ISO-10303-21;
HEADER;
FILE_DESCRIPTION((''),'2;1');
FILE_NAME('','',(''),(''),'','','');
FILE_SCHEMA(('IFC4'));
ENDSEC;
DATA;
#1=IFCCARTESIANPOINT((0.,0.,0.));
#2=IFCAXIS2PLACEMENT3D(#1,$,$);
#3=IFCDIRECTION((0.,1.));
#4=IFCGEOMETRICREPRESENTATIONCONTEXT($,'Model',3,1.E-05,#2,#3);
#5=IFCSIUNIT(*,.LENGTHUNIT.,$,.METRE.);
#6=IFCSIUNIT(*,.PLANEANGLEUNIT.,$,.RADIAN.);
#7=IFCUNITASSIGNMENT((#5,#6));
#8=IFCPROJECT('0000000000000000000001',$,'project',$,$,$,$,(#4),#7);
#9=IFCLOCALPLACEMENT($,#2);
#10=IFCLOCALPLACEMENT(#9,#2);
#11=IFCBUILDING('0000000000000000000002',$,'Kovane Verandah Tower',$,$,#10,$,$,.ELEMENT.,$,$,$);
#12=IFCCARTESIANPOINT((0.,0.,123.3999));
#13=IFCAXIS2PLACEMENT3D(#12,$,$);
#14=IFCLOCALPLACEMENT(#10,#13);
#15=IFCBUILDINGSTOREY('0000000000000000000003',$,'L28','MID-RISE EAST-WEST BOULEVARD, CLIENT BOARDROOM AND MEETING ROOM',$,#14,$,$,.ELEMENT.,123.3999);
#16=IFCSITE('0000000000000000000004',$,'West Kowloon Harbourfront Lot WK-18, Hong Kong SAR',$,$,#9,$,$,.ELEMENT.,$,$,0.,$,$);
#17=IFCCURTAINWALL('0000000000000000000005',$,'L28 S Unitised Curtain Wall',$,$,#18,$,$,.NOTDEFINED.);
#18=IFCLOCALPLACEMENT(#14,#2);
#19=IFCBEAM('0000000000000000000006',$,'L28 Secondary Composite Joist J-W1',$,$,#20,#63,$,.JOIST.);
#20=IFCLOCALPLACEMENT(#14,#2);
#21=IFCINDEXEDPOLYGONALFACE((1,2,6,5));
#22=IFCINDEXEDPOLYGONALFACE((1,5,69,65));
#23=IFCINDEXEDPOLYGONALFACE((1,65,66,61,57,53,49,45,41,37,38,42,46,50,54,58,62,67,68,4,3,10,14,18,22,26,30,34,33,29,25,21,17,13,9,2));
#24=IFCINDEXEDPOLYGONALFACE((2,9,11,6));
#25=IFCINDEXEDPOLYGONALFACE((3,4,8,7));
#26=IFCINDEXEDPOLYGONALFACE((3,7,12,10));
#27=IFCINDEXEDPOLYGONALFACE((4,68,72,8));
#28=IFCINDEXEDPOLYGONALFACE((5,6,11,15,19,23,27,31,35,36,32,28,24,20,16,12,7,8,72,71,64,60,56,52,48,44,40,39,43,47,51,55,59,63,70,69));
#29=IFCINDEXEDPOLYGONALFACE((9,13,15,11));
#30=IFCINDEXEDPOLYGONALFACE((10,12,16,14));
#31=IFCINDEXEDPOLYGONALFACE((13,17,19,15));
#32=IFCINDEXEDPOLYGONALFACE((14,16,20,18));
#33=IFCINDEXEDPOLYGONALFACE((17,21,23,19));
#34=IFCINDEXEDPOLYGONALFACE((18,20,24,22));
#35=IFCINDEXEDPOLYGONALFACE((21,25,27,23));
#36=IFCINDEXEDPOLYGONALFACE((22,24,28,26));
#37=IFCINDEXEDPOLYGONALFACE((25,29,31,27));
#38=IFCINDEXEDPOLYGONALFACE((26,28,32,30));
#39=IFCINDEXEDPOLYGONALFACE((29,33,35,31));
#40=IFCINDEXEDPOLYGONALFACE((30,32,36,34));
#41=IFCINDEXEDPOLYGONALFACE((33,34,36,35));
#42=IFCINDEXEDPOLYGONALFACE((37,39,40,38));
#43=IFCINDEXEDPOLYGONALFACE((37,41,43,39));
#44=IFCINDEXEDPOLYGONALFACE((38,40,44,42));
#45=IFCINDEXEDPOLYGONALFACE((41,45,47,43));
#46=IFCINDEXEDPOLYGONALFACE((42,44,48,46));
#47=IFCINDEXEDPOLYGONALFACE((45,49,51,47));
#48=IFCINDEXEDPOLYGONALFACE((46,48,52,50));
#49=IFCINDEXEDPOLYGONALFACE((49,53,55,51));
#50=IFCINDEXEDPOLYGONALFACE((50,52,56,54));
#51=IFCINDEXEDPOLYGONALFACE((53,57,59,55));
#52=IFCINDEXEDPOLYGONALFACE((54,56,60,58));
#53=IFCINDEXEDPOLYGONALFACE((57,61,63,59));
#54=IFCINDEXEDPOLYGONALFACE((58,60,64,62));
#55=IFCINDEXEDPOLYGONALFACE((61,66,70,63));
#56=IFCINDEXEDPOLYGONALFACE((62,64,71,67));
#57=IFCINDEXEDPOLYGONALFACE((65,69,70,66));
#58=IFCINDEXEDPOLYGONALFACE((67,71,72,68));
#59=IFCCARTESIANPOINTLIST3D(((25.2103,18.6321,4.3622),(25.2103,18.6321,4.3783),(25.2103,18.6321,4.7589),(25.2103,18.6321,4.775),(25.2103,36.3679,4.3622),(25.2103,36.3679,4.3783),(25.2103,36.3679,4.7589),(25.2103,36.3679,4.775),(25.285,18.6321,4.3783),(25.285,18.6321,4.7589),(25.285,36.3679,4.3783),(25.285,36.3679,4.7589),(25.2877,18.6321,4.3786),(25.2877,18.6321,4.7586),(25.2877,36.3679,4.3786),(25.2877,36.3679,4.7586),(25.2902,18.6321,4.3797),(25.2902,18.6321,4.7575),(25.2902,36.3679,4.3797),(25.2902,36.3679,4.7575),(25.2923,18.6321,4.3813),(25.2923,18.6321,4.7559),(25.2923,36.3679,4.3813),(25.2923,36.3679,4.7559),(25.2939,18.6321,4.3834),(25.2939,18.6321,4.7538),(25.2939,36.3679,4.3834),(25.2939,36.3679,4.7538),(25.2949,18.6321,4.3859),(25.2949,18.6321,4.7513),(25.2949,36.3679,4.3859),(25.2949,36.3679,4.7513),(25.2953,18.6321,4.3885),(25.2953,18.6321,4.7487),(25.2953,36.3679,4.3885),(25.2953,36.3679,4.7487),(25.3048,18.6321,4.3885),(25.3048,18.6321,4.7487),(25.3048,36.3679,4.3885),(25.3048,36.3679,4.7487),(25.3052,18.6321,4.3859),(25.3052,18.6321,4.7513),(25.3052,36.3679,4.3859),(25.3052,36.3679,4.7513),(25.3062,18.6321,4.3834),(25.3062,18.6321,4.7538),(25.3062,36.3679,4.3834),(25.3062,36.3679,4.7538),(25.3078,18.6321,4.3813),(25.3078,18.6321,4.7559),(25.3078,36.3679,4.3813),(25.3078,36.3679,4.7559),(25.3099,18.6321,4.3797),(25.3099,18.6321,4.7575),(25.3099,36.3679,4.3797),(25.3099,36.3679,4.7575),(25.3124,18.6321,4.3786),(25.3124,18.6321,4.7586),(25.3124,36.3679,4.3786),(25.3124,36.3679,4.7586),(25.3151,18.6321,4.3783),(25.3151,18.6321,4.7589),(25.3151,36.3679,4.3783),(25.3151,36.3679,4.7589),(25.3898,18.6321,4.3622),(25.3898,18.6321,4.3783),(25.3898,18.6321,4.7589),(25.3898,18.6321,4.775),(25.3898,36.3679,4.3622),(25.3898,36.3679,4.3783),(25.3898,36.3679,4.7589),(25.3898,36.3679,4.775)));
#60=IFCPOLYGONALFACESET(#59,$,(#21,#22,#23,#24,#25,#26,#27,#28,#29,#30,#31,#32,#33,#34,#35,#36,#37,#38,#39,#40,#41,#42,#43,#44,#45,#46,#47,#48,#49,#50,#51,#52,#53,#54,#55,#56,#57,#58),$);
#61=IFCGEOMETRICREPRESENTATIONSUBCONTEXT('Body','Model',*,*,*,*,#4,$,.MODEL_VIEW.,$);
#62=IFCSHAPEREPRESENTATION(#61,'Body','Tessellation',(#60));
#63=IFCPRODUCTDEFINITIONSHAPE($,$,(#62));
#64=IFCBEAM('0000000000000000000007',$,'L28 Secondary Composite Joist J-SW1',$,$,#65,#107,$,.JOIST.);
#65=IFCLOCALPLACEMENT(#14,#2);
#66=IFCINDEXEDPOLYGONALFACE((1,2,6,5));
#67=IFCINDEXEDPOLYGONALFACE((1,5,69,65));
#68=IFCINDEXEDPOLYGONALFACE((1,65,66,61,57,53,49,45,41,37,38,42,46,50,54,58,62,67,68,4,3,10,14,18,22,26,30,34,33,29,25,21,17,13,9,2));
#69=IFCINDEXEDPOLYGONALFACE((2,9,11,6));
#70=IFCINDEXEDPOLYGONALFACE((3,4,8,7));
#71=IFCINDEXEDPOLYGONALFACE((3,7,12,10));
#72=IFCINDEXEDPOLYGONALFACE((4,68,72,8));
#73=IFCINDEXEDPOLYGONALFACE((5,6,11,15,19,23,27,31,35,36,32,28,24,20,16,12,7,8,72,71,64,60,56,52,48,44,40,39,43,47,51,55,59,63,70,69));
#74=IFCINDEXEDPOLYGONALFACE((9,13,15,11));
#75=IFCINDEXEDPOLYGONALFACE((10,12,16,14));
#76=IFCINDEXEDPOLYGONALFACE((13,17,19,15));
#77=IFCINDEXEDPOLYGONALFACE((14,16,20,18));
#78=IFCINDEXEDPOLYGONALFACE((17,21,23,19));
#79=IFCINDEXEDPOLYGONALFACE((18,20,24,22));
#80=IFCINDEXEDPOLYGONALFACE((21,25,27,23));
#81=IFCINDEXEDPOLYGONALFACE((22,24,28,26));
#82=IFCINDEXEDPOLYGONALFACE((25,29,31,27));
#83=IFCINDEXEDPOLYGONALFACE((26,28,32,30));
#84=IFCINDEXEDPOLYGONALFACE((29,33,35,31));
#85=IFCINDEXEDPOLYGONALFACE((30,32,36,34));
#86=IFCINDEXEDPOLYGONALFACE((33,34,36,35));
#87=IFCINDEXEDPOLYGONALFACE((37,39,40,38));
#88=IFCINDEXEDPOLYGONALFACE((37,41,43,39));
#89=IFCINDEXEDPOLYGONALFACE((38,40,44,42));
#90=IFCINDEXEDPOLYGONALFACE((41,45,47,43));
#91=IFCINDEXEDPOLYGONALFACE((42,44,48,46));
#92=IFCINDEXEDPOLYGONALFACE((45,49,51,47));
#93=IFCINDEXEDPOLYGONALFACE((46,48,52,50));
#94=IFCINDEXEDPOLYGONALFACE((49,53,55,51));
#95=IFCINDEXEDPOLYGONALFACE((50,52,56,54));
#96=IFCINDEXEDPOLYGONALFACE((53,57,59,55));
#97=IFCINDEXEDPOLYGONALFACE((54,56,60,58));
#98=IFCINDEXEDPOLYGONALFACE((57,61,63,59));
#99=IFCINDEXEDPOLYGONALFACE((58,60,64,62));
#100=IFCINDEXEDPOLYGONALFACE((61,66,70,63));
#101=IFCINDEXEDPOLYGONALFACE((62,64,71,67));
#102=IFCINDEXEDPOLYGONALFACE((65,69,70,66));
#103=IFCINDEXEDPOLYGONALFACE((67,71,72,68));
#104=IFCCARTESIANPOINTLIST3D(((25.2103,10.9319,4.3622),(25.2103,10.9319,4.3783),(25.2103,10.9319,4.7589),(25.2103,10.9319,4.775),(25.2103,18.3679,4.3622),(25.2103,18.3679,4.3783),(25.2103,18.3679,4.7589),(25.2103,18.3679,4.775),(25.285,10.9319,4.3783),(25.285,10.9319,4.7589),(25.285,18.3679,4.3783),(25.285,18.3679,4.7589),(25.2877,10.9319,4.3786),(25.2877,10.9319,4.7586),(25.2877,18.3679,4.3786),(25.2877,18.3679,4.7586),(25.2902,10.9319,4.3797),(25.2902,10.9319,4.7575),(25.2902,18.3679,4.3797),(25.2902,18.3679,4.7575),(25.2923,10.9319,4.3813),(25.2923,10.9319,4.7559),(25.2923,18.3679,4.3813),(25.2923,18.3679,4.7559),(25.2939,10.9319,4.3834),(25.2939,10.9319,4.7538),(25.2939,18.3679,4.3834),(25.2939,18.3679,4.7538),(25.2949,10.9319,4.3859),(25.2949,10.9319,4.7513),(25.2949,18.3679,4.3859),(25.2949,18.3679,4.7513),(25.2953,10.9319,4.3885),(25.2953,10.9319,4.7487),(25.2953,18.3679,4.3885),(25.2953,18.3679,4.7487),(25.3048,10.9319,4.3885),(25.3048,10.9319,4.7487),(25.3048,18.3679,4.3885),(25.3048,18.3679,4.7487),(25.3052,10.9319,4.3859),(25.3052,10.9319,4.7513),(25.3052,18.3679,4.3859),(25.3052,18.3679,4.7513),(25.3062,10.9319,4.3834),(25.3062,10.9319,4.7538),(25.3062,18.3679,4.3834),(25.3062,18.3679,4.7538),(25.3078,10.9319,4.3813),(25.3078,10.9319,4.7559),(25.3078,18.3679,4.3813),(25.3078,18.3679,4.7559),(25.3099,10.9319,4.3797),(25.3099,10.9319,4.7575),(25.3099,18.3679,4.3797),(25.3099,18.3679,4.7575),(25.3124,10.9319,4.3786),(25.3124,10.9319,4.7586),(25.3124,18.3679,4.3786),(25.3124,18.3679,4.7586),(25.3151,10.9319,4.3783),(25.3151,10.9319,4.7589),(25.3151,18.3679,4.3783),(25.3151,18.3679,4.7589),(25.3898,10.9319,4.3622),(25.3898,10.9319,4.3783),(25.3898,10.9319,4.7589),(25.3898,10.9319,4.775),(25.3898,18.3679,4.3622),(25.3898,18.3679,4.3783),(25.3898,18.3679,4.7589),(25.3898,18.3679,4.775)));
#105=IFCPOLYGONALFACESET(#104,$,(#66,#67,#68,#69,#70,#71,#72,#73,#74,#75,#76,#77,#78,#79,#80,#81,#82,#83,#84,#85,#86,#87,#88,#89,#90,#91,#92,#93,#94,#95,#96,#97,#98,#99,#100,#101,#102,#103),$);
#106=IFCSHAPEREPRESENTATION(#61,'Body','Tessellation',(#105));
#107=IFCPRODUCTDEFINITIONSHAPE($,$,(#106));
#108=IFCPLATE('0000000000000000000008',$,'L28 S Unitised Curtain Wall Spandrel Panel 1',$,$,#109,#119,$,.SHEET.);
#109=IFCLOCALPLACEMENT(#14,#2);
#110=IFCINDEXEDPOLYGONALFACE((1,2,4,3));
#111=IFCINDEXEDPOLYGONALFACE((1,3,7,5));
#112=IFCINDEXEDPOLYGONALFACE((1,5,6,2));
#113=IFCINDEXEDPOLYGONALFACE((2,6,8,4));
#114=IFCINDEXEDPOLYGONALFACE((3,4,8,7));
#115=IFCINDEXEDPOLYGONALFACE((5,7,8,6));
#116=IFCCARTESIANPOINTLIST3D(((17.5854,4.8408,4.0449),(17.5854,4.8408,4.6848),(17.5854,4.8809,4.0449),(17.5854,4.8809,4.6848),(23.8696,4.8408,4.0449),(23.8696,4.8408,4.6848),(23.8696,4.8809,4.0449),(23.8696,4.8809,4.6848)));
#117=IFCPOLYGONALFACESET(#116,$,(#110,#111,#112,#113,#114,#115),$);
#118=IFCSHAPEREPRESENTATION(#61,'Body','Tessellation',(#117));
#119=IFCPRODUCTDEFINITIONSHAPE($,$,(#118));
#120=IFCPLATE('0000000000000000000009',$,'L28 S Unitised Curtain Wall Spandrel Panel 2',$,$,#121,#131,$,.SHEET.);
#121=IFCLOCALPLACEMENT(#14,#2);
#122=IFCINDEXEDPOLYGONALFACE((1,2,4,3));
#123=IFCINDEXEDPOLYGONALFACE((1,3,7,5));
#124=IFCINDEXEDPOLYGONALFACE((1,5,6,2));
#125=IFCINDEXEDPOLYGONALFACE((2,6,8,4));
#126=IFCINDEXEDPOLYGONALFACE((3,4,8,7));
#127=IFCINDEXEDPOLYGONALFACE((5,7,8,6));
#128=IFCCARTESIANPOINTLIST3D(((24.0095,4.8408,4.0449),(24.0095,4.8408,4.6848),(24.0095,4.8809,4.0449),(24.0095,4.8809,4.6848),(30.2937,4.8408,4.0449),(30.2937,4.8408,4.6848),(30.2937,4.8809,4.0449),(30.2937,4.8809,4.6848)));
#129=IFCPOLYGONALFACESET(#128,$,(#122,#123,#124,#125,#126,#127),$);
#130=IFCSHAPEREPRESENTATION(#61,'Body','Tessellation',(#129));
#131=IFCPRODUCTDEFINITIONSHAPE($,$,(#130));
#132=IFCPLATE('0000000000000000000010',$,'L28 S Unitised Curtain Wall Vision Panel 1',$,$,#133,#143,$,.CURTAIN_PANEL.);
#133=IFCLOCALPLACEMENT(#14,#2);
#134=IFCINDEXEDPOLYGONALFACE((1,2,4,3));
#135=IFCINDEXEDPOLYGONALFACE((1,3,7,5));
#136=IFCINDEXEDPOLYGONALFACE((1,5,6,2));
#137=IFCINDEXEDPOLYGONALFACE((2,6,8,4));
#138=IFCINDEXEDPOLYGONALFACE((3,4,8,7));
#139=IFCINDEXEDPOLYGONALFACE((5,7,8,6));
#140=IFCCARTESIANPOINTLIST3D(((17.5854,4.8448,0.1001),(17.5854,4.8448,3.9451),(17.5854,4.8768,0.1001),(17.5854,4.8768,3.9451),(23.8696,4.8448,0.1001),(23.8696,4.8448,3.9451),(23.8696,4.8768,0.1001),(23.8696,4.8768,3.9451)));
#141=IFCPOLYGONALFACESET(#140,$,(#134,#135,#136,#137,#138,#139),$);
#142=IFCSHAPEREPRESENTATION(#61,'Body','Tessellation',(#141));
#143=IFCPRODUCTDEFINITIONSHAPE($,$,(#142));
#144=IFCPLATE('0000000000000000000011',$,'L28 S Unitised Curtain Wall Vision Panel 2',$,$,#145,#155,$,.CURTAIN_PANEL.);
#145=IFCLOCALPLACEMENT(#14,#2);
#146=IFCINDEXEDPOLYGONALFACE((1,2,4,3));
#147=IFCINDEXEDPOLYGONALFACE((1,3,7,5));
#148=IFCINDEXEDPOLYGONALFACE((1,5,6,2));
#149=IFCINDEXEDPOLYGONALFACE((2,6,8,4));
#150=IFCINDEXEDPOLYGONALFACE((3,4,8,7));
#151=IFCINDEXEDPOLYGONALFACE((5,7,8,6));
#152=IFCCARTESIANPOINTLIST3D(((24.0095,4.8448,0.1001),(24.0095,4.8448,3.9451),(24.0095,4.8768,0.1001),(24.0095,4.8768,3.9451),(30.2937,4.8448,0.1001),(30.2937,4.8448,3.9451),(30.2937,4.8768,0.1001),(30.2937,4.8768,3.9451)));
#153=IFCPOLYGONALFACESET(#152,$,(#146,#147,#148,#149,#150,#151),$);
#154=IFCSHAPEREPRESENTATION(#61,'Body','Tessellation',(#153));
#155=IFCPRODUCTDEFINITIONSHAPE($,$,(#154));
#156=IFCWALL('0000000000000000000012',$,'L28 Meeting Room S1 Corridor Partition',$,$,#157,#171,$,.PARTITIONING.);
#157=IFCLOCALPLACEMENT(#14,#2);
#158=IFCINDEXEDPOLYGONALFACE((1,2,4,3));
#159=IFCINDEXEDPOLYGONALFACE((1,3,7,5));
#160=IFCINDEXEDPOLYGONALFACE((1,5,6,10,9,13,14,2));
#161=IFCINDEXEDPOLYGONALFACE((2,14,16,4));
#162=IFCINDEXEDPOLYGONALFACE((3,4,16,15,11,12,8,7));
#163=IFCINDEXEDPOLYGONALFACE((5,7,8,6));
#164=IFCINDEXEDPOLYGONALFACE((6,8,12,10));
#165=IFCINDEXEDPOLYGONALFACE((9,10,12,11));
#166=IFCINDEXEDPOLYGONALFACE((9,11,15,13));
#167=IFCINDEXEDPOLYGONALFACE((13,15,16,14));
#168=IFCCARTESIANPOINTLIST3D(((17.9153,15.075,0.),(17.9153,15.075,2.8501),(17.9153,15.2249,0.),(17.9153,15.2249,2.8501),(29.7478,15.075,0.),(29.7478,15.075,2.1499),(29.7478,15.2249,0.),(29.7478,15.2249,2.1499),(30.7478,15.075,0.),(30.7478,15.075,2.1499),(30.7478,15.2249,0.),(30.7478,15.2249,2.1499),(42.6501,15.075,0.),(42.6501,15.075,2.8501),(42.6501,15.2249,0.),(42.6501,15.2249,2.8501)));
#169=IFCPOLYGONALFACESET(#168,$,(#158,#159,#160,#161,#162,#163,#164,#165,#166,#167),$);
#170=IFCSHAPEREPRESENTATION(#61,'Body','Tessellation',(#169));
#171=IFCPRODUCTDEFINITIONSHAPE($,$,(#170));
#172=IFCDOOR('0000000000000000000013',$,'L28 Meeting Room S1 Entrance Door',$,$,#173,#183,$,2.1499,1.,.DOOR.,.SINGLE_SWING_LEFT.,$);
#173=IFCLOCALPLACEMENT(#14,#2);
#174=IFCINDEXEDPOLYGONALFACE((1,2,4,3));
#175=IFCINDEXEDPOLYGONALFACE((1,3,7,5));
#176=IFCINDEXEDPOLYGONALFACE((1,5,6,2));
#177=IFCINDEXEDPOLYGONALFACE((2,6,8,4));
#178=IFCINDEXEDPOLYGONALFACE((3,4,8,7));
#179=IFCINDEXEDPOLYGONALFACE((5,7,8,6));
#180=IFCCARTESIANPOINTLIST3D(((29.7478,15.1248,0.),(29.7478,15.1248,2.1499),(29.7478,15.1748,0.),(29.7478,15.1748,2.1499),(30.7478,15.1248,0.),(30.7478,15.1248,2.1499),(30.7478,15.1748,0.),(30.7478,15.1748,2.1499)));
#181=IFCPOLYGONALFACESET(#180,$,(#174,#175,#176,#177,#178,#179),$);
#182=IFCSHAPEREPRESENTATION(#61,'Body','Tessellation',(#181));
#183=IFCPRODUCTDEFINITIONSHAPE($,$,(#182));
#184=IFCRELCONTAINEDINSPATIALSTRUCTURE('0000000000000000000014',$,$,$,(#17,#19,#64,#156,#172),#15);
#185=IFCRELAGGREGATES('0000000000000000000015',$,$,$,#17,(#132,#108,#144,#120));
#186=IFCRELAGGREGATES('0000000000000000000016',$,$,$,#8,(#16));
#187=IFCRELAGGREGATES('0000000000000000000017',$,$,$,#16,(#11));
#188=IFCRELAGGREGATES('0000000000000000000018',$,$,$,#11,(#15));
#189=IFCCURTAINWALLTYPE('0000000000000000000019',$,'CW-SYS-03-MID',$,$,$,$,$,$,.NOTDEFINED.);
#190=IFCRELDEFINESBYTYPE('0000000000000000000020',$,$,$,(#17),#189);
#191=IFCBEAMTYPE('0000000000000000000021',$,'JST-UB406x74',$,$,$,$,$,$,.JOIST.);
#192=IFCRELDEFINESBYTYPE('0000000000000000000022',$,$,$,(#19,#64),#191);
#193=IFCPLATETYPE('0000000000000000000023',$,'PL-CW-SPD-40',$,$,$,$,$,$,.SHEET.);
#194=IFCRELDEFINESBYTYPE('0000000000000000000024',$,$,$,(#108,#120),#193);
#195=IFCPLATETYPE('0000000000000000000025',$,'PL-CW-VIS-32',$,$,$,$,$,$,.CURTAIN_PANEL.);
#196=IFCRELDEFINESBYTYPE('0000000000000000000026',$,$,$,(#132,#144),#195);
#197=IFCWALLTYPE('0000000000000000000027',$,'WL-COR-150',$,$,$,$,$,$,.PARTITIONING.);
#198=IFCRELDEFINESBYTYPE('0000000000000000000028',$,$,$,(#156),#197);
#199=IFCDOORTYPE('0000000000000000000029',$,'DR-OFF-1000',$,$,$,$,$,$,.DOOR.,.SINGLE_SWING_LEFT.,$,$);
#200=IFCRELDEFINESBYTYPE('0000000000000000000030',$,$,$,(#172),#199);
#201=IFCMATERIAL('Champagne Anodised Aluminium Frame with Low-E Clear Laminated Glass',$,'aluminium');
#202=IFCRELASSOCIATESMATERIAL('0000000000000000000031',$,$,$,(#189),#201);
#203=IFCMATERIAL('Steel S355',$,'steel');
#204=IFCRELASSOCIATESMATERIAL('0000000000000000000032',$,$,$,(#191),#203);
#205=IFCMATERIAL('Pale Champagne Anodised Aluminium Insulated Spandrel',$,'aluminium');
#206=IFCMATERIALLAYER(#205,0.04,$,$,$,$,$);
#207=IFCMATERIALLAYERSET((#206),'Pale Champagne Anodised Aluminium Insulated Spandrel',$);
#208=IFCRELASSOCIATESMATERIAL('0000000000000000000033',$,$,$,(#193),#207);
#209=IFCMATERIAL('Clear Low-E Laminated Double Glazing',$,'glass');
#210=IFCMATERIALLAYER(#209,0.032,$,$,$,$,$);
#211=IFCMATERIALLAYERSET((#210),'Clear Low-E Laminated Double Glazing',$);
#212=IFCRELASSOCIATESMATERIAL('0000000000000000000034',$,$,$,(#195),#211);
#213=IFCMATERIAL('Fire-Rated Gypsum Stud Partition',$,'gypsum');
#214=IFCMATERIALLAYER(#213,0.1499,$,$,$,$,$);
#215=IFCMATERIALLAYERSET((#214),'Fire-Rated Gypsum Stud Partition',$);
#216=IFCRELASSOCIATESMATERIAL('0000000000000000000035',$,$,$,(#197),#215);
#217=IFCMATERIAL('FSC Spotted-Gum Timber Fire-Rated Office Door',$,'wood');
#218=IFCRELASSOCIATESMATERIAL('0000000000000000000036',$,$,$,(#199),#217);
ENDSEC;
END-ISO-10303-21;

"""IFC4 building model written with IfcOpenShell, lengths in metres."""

from ifc_helpers import new_model, si_unit, direction, frame, frame_2d, origin, origin_2d, place, context, subcontext, project, spatial, rectangle, i_section, extrude, material, layer, layer_set, material_profile, profile_set, type_object, element, fill, aggregate, save


model = new_model("IFC4")

# Units and contexts
model_context = context("Model", 3, precision=1e-05, world=origin(), true_north=direction((0.0, 1.0)))
body_context = subcontext(model_context, "Body", "Model", "MODEL_VIEW")
ifc_project = project(units=[si_unit("LENGTHUNIT", "METRE"), si_unit("PLANEANGLEUNIT", "RADIAN")], contexts=[model_context])

# Site, building, storey
site_placement = place(None, origin())
site = spatial("IfcSite", under=ifc_project, at=site_placement, Name="West Kowloon Harbourfront Lot WK-18, Hong Kong SAR", CompositionType="ELEMENT", RefElevation=0.0)
building_placement = place(site_placement, origin())
building = spatial("IfcBuilding", under=site, at=building_placement, Name="Kovane Verandah Tower", CompositionType="ELEMENT")
storey_placement = place(building_placement, frame((0.0, 0.0, 123.3999)))
storey = spatial("IfcBuildingStorey", under=building, at=storey_placement, Name="L28", Description="MID-RISE EAST-WEST BOULEVARD, CLIENT BOARDROOM AND MEETING ROOM", CompositionType="ELEMENT", Elevation=123.3999)

# Shared definitions
ifc_material_1 = material(Name="Steel S355", Category="steel")

# Curtain wall
ifc_material_2 = material(Name="Champagne Anodised Aluminium Frame with Low-E Clear Laminated Glass", Category="aluminium")
curtain_wall_type = type_object("IfcCurtainWallType", Name="CW-SYS-03-MID", PredefinedType="NOTDEFINED", material=ifc_material_2)
curtain_wall_placement = place(storey_placement, origin())
curtain_wall = element("IfcCurtainWall", 1, at=curtain_wall_placement, inside=storey, type_object=curtain_wall_type, Name="L28 S Unitised Curtain Wall", PredefinedType="NOTDEFINED")

# Beams
ifc_material_profile_1 = material_profile(ifc_material_1, i_section(OverallWidth=0.1794, OverallDepth=0.4128, WebThickness=0.0095, FlangeThickness=0.0161, FilletRadius=0.0103, at=origin_2d()), Name="UB406x178x74")
ifc_profile_set_1 = profile_set([ifc_material_profile_1], Name="Steel S355")
beam_type_1 = type_object("IfcBeamType", Name="JST-UB406x74", PredefinedType="JOIST", material=ifc_profile_set_1)
beam_1_placement = place(storey_placement, frame((25.3, 18.6321, 4.5686), z_axis=(0.0, 1.0, 0.0), x_axis=(-1.0, 0.0, 0.0)))
element("IfcBeam", 2, at=beam_1_placement, inside=storey, type_object=beam_type_1, Name="L28 Secondary Composite Joist J-W1", PredefinedType="JOIST", context=body_context, shape_type="SweptSolid", body=[
    extrude(i_section(OverallWidth=0.1794, OverallDepth=0.4128, WebThickness=0.0095, FlangeThickness=0.0161, FilletRadius=0.0103, at=origin_2d()), origin(), (0.0, 0.0, 1.0), 17.7358),
])
beam_2_placement = place(storey_placement, frame((25.3, 10.9319, 4.5686), z_axis=(0.0, 1.0, 0.0), x_axis=(-1.0, 0.0, 0.0)))
element("IfcBeam", 3, at=beam_2_placement, inside=storey, type_object=beam_type_1, Name="L28 Secondary Composite Joist J-SW1", PredefinedType="JOIST", context=body_context, shape_type="SweptSolid", body=[
    extrude(i_section(OverallWidth=0.1794, OverallDepth=0.4128, WebThickness=0.0095, FlangeThickness=0.0161, FilletRadius=0.0103, at=origin_2d()), origin(), (0.0, 0.0, 1.0), 7.436),
])

# Plates
ifc_material_3 = material(Name="Pale Champagne Anodised Aluminium Insulated Spandrel", Category="aluminium")
ifc_layer_1 = layer(ifc_material_3, 0.04)
ifc_layer_set_1 = layer_set([ifc_layer_1], Name="Pale Champagne Anodised Aluminium Insulated Spandrel")
plate_type_1 = type_object("IfcPlateType", Name="PL-CW-SPD-40", PredefinedType="SHEET", material=ifc_layer_set_1)
plate_1_placement = place(storey_placement, frame((20.7275, 4.8608, 4.0449), z_axis=(0.0, 0.0, 1.0), x_axis=(1.0, 0.0, 0.0)))
plate_1 = element("IfcPlate", 4, at=plate_1_placement, type_object=plate_type_1, Name="L28 S Unitised Curtain Wall Spandrel Panel 1", PredefinedType="SHEET", context=body_context, shape_type="SweptSolid", body=[
    extrude(rectangle(XDim=6.2842, YDim=0.04, at=origin_2d()), origin(), (0.0, 0.0, 1.0), 0.6399),
])
plate_2_placement = place(storey_placement, frame((27.1516, 4.8608, 4.0449), z_axis=(0.0, 0.0, 1.0), x_axis=(1.0, 0.0, 0.0)))
plate_2 = element("IfcPlate", 5, at=plate_2_placement, type_object=plate_type_1, Name="L28 S Unitised Curtain Wall Spandrel Panel 2", PredefinedType="SHEET", context=body_context, shape_type="SweptSolid", body=[
    extrude(rectangle(XDim=6.2842, YDim=0.04, at=origin_2d()), origin(), (0.0, 0.0, 1.0), 0.6399),
])
ifc_material_4 = material(Name="Clear Low-E Laminated Double Glazing", Category="glass")
ifc_layer_2 = layer(ifc_material_4, 0.032)
ifc_layer_set_2 = layer_set([ifc_layer_2], Name="Clear Low-E Laminated Double Glazing")
plate_type_2 = type_object("IfcPlateType", Name="PL-CW-VIS-32", PredefinedType="CURTAIN_PANEL", material=ifc_layer_set_2)
plate_3_placement = place(storey_placement, frame((20.7275, 4.8608, 0.1001), z_axis=(0.0, 0.0, 1.0), x_axis=(1.0, 0.0, 0.0)))
plate_3 = element("IfcPlate", 6, at=plate_3_placement, type_object=plate_type_2, Name="L28 S Unitised Curtain Wall Vision Panel 1", PredefinedType="CURTAIN_PANEL", context=body_context, shape_type="SweptSolid", body=[
    extrude(rectangle(XDim=6.2842, YDim=0.032, at=origin_2d()), origin(), (0.0, 0.0, 1.0), 3.845),
])
plate_4_placement = place(storey_placement, frame((27.1516, 4.8608, 0.1001), z_axis=(0.0, 0.0, 1.0), x_axis=(1.0, 0.0, 0.0)))
plate_4 = element("IfcPlate", 7, at=plate_4_placement, type_object=plate_type_2, Name="L28 S Unitised Curtain Wall Vision Panel 2", PredefinedType="CURTAIN_PANEL", context=body_context, shape_type="SweptSolid", body=[
    extrude(rectangle(XDim=6.2842, YDim=0.032, at=origin_2d()), origin(), (0.0, 0.0, 1.0), 3.845),
])
aggregate(curtain_wall, [plate_3, plate_1, plate_4, plate_2])

# Wall, opening, door
ifc_material_5 = material(Name="Fire-Rated Gypsum Stud Partition", Category="gypsum")
ifc_layer_3 = layer(ifc_material_5, 0.1499)
ifc_layer_set_3 = layer_set([ifc_layer_3], Name="Fire-Rated Gypsum Stud Partition")
wall_type = type_object("IfcWallType", Name="WL-COR-150", PredefinedType="PARTITIONING", material=ifc_layer_set_3)
wall_1_placement = place(storey_placement, frame((17.9153, 15.1499, 0.0), z_axis=(0.0, 0.0, 1.0), x_axis=(1.0, 0.0, 0.0)))
wall_1 = element("IfcWall", 8, at=wall_1_placement, inside=storey, type_object=wall_type, Name="L28 Meeting Room S1 Corridor Partition", PredefinedType="PARTITIONING", context=body_context, shape_type="SweptSolid", body=[
    extrude(rectangle(XDim=24.7349, YDim=0.1499, at=frame_2d((12.3674, 0.0))), origin(), (0.0, 0.0, 1.0), 2.8501),
])
opening_1_placement = place(wall_1_placement, frame((11.8325, 0.0, 0.0)))
opening_1 = element("IfcOpeningElement", 9, at=opening_1_placement, cuts=wall_1, PredefinedType="OPENING", context=body_context, shape_type="SweptSolid", body=[
    extrude(rectangle(XDim=1.0, YDim=2.1499, at=frame_2d((0.5, 1.075))), frame((0.0, 0.075, 0.0), z_axis=(0.0, -1.0, 0.0), x_axis=(1.0, 0.0, 0.0)), (0.0, 0.0, 1.0), 0.1499),
])
ifc_material_6 = material(Name="FSC Spotted-Gum Timber Fire-Rated Office Door", Category="wood")
door_type = type_object("IfcDoorType", Name="DR-OFF-1000", OperationType="SINGLE_SWING_LEFT", PredefinedType="DOOR", material=ifc_material_6)
door_1_placement = place(opening_1_placement, origin())
door_1 = element("IfcDoor", 10, at=door_1_placement, inside=storey, type_object=door_type, Name="L28 Meeting Room S1 Entrance Door", OperationType="SINGLE_SWING_LEFT", OverallHeight=2.1499, OverallWidth=1.0, PredefinedType="DOOR", context=body_context, shape_type="SweptSolid", body=[
    extrude(rectangle(XDim=1.0, YDim=2.1499, at=frame_2d((0.5, 1.075))), frame((0.0, 0.0249, 0.0), z_axis=(0.0, -1.0, 0.0), x_axis=(1.0, 0.0, 0.0)), (0.0, 0.0, 1.0), 0.05),
])
fill(opening_1, door_1)

save(model, "model.ifc")
